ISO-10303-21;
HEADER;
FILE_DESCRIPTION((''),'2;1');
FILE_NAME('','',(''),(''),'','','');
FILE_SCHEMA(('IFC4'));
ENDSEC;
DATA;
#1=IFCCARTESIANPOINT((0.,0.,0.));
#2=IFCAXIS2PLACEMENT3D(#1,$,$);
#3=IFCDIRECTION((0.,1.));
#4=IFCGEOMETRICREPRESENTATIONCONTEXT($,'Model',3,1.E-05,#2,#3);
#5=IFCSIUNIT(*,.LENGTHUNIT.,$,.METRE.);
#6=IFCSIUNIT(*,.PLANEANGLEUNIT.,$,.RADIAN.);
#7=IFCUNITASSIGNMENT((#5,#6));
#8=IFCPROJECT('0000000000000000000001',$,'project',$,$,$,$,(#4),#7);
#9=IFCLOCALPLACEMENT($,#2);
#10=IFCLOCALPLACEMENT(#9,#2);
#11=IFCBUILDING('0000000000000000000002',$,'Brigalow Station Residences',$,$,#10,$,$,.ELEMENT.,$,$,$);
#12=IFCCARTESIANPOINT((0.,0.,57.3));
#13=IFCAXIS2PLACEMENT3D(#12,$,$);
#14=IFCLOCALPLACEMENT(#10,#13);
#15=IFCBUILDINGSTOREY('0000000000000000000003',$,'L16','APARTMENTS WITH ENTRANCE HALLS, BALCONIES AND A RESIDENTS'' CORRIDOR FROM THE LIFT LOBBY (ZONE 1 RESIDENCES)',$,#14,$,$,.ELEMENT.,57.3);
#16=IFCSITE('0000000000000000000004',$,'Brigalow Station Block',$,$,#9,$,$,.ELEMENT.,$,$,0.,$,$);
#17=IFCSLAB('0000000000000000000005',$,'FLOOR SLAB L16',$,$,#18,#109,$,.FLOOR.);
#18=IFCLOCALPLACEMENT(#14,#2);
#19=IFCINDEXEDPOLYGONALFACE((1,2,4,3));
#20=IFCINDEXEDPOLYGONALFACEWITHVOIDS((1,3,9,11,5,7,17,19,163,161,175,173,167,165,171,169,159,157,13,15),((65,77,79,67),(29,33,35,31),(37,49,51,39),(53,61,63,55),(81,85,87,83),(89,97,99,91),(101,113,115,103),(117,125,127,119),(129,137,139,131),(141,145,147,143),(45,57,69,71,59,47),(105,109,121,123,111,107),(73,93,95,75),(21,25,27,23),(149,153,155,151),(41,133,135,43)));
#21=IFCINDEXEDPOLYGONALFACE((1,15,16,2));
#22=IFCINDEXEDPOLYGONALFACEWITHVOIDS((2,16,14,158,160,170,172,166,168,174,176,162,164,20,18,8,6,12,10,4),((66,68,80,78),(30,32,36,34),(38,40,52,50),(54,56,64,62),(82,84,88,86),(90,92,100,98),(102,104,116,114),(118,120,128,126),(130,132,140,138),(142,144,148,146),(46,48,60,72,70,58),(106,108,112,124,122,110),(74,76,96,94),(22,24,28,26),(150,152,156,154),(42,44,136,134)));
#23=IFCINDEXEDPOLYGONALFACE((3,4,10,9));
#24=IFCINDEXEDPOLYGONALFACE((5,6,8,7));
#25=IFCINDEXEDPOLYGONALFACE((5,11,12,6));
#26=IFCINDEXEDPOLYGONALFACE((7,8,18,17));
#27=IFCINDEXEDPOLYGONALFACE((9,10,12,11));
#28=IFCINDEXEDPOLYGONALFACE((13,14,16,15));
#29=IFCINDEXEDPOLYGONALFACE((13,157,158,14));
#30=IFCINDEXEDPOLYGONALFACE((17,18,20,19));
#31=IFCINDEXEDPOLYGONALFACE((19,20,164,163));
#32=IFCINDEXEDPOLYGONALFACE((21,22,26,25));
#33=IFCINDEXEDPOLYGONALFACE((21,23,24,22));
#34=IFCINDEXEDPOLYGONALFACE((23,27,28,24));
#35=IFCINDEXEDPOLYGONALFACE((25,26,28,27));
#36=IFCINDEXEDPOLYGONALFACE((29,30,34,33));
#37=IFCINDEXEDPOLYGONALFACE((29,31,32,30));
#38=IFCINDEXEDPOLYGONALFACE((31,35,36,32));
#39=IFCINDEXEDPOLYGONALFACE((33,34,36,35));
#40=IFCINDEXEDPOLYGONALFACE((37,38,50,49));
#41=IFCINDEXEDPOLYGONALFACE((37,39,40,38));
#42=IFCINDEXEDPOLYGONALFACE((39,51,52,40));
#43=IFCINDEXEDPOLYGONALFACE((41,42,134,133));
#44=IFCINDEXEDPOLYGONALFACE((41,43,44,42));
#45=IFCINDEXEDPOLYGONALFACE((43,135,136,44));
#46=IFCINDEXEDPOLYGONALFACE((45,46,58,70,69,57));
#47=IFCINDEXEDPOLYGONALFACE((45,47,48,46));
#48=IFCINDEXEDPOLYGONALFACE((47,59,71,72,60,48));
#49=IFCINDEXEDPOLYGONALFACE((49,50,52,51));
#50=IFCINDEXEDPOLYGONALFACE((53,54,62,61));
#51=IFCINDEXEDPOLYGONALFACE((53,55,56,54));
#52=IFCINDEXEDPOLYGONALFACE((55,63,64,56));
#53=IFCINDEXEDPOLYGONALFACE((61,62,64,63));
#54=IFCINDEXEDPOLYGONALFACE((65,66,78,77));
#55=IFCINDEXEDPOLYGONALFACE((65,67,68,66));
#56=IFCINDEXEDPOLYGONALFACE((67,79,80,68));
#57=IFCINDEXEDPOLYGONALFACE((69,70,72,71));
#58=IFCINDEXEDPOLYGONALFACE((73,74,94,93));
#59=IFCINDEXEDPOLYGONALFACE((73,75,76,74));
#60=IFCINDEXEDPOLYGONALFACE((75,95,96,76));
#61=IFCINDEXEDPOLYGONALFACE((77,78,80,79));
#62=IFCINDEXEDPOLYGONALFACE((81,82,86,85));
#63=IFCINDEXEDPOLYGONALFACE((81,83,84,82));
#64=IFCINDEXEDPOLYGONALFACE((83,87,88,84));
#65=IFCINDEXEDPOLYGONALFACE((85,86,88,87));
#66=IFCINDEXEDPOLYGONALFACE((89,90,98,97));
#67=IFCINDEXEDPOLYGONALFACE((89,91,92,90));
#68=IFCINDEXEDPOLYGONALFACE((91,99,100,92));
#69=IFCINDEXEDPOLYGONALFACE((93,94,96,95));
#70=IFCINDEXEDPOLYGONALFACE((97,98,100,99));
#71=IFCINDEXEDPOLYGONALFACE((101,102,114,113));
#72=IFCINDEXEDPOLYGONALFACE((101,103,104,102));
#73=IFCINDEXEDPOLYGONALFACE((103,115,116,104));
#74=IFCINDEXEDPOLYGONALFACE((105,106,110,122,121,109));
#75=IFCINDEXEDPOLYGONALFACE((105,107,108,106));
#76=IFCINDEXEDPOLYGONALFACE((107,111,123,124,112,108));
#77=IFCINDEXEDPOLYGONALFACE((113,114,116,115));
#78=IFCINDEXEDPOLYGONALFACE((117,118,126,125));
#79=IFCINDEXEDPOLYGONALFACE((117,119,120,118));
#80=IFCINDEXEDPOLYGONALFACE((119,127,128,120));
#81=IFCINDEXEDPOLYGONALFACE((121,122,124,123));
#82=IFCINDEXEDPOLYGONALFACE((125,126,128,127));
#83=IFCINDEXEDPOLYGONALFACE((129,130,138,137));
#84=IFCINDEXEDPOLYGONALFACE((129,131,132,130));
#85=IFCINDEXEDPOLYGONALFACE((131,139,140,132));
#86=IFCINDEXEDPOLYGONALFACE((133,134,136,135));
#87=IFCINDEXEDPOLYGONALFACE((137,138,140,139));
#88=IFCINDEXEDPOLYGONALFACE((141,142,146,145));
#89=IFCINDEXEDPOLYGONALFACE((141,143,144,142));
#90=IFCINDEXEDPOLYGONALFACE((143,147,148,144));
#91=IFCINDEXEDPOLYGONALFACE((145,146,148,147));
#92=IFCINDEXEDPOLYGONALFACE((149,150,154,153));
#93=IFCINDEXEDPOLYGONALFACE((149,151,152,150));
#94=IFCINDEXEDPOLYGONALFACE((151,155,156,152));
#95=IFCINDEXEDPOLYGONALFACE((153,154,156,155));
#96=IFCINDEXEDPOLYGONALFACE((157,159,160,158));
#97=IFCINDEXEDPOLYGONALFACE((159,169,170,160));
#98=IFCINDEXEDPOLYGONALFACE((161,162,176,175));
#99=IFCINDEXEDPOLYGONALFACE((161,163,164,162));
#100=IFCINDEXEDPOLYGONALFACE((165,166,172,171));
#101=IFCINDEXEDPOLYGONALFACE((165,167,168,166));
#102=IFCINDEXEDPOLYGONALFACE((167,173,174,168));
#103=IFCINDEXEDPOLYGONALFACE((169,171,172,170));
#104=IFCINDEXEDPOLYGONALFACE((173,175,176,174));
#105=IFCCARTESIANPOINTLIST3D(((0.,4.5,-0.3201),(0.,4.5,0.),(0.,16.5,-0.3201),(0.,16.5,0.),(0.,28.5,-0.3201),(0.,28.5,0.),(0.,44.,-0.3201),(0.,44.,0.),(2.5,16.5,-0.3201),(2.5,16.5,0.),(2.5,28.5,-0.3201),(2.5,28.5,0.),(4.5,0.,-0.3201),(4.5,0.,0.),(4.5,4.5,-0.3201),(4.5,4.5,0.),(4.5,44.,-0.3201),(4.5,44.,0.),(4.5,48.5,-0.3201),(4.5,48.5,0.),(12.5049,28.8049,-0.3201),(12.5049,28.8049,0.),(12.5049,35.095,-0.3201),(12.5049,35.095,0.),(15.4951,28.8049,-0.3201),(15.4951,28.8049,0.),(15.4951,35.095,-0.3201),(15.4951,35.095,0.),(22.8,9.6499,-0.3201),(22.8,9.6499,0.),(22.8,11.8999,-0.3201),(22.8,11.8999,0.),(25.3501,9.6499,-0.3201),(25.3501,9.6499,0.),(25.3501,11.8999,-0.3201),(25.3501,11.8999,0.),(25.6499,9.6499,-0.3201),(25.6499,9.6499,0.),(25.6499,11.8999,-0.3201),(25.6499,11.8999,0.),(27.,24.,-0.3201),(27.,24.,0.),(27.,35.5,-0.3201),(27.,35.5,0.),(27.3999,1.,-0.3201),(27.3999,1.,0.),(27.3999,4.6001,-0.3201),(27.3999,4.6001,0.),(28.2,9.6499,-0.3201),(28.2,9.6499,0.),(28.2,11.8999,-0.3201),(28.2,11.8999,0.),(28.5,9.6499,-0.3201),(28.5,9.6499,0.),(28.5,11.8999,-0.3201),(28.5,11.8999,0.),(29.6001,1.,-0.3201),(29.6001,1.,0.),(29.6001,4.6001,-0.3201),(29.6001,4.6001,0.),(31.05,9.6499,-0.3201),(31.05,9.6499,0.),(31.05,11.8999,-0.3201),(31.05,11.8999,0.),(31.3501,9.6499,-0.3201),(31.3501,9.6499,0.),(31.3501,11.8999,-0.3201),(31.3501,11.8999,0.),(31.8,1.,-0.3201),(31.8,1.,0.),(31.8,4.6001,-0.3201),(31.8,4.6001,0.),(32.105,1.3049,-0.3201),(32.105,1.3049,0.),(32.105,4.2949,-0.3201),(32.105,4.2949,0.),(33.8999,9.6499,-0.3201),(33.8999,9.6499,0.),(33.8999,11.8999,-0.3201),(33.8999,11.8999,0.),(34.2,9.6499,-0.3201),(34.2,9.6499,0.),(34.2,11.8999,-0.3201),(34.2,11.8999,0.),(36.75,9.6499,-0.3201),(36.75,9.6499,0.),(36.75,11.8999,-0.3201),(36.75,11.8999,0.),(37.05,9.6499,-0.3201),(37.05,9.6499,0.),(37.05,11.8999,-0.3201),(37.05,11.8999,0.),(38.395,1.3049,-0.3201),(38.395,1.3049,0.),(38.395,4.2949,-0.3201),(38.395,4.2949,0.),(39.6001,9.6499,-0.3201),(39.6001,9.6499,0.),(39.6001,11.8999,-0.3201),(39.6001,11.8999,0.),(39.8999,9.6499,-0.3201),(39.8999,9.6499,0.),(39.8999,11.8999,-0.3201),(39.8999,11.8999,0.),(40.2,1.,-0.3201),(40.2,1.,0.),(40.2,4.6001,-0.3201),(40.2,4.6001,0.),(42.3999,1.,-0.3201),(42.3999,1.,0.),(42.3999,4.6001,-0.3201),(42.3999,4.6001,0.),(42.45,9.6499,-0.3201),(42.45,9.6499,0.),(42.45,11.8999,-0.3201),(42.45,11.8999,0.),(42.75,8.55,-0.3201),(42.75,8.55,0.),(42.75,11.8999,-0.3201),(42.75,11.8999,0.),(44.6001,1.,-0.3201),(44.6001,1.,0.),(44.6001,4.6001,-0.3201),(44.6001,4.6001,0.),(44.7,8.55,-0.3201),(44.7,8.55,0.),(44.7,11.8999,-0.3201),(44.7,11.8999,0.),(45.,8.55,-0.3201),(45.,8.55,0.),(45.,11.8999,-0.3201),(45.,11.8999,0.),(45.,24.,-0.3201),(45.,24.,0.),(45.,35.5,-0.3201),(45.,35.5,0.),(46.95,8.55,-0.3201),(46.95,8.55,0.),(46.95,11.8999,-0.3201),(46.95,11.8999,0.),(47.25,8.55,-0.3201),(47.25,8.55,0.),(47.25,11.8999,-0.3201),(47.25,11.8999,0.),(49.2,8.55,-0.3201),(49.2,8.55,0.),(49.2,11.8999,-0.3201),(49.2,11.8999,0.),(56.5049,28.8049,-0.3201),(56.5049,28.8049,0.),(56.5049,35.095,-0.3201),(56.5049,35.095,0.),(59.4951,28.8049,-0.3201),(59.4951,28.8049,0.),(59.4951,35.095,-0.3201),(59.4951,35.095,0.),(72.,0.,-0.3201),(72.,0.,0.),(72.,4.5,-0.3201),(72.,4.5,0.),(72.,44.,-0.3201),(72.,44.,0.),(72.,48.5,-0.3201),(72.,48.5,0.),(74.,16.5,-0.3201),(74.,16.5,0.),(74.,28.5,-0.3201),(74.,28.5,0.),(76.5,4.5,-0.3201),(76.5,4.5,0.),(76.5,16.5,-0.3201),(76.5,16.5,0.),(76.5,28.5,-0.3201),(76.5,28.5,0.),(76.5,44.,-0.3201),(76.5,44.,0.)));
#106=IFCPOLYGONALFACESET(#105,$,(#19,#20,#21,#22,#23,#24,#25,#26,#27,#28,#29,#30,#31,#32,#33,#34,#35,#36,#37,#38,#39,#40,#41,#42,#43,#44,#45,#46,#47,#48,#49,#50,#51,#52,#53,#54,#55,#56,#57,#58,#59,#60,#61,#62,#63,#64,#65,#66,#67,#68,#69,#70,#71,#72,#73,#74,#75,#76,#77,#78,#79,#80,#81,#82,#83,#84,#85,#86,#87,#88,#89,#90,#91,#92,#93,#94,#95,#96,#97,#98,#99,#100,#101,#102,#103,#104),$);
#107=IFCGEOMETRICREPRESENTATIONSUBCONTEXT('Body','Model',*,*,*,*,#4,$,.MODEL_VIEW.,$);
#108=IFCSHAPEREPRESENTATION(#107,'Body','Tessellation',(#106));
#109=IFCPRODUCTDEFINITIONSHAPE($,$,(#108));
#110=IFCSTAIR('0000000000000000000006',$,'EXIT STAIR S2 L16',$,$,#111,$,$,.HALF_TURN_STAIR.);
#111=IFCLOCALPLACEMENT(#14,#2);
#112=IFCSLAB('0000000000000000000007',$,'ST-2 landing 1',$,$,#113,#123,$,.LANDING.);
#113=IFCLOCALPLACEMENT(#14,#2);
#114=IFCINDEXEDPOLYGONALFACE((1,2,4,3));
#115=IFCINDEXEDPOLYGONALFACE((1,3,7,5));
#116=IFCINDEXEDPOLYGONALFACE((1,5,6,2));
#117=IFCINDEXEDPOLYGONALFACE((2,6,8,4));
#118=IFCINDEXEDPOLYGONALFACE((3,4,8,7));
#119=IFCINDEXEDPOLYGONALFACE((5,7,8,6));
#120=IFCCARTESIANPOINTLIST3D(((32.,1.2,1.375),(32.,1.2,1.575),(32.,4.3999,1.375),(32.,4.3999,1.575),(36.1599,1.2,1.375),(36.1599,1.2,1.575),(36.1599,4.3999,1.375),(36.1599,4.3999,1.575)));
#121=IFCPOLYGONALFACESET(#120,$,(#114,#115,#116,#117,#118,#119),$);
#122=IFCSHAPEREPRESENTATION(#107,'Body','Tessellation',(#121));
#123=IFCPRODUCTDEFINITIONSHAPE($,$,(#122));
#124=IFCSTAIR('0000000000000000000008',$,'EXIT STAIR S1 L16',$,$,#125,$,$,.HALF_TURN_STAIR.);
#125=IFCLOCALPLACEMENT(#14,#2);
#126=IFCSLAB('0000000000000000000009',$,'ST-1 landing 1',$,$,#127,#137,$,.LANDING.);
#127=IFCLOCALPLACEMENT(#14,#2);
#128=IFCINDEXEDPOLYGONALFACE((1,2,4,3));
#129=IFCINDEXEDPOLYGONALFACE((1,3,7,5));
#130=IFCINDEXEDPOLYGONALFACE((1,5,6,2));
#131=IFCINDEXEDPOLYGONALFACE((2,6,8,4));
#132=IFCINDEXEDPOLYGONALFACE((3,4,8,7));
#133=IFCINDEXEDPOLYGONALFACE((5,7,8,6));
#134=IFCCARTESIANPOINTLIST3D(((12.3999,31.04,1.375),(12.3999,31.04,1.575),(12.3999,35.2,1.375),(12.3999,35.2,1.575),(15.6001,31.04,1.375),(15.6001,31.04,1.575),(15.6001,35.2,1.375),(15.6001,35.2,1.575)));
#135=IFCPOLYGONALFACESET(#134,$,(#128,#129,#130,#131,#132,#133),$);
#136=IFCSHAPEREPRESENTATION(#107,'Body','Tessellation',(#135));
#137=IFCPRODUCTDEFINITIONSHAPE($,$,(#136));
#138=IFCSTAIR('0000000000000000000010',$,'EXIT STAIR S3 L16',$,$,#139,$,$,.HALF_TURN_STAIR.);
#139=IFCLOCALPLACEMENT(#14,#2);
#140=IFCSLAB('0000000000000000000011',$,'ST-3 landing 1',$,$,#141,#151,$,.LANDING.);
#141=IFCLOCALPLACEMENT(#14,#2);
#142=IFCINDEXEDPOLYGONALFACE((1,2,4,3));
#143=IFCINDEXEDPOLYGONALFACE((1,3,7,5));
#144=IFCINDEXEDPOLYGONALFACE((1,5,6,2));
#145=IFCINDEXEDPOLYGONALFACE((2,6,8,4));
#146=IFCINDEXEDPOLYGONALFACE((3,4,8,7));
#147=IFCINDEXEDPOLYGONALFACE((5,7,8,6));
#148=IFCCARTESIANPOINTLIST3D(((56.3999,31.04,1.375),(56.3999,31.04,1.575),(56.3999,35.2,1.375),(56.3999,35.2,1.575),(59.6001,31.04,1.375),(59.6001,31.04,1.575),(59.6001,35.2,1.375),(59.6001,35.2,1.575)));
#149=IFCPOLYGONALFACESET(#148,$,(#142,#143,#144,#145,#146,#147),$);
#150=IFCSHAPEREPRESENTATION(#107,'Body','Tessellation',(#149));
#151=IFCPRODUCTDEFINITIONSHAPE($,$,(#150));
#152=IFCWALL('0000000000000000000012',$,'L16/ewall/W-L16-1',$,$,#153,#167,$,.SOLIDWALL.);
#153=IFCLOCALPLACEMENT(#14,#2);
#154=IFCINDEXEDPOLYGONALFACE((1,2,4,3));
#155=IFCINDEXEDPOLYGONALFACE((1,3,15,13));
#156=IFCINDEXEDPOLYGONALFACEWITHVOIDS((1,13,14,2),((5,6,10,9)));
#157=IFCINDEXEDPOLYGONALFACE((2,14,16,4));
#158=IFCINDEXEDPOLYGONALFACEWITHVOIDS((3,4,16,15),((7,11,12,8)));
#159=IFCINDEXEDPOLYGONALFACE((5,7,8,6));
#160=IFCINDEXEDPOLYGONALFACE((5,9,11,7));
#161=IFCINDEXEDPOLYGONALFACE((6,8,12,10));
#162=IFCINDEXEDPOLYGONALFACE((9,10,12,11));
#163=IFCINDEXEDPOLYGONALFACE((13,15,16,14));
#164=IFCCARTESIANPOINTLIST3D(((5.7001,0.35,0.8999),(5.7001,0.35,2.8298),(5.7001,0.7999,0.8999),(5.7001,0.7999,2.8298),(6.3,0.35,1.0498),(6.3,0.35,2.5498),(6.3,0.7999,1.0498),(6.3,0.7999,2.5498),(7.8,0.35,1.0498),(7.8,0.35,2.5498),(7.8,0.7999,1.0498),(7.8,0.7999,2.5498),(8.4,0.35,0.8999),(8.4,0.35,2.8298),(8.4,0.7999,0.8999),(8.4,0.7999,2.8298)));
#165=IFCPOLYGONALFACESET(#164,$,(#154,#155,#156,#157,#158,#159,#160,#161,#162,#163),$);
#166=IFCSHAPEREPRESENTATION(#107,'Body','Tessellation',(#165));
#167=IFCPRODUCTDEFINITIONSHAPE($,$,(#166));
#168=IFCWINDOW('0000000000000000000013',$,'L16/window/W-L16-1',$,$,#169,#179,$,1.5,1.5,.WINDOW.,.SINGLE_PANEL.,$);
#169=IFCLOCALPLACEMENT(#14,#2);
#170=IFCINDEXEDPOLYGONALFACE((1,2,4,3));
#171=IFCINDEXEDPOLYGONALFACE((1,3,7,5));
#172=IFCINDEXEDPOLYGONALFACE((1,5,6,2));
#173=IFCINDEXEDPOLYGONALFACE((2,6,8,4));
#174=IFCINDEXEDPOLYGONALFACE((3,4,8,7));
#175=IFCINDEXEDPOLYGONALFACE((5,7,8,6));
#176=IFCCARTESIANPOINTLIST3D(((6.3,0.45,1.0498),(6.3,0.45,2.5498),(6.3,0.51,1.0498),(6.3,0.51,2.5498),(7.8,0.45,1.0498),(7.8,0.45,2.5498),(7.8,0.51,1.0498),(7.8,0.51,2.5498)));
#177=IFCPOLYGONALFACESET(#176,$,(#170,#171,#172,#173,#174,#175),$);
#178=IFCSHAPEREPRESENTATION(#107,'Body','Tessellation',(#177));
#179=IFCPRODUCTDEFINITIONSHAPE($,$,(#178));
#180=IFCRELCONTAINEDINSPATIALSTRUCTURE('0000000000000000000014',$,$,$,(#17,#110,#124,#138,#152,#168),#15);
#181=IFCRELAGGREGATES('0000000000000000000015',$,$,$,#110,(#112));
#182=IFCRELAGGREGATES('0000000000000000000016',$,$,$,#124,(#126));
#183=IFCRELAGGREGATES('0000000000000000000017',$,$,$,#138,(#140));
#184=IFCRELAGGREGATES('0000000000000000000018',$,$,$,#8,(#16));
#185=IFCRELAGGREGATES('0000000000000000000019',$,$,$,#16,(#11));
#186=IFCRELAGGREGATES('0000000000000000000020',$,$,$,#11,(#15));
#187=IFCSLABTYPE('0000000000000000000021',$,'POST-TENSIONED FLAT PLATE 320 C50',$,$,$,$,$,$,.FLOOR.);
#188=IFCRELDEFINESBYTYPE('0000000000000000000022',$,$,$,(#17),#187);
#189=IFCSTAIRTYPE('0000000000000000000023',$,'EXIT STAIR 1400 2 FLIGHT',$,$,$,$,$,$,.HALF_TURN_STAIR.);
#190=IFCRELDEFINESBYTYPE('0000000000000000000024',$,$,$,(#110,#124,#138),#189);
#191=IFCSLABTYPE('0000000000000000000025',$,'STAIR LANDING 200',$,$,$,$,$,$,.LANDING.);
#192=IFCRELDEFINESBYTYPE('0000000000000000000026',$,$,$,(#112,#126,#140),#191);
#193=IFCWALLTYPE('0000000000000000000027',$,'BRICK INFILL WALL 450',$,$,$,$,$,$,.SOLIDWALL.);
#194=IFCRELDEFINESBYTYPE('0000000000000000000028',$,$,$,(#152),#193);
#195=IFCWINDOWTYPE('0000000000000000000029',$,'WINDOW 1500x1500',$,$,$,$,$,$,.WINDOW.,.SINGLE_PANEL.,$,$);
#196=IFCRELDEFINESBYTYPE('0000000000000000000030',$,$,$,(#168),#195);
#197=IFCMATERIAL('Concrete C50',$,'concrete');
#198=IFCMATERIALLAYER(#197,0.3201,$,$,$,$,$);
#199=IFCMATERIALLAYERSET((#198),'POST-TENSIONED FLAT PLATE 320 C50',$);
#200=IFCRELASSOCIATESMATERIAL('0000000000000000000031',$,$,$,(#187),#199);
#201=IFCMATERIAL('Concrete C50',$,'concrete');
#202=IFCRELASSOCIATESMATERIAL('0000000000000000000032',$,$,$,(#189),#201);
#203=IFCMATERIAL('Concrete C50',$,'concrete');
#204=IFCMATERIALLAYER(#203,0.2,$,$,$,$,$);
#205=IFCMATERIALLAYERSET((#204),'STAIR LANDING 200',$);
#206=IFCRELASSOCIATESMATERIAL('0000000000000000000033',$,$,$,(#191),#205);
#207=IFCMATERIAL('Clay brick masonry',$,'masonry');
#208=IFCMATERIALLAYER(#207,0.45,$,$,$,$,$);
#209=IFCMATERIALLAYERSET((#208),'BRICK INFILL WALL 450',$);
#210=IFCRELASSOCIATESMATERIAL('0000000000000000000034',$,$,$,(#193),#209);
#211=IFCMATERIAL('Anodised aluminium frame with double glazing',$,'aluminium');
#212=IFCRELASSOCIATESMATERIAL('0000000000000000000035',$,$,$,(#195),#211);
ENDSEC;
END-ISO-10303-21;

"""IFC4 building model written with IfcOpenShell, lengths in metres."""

from ifc_helpers import new_model, si_unit, direction, frame, frame_2d, origin, place, context, subcontext, project, spatial, polyline, rectangle, outline, extrude, material, layer, layer_set, type_object, element, fill, aggregate, save


model = new_model("IFC4")

# Units and contexts
model_context = context("Model", 3, precision=1e-05, world=origin(), true_north=direction((0.0, 1.0)))
body_context = subcontext(model_context, "Body", "Model", "MODEL_VIEW")
ifc_project = project(units=[si_unit("LENGTHUNIT", "METRE"), si_unit("PLANEANGLEUNIT", "RADIAN")], contexts=[model_context])

# Site, building, storey
site_placement = place(None, origin())
site = spatial("IfcSite", under=ifc_project, at=site_placement, Name="Brigalow Station Block", CompositionType="ELEMENT", RefElevation=0.0)
building_placement = place(site_placement, origin())
building = spatial("IfcBuilding", under=site, at=building_placement, Name="Brigalow Station Residences", CompositionType="ELEMENT")
storey_placement = place(building_placement, frame((0.0, 0.0, 57.3)))
storey = spatial("IfcBuildingStorey", under=building, at=storey_placement, Name="L16", Description="APARTMENTS WITH ENTRANCE HALLS, BALCONIES AND A RESIDENTS' CORRIDOR FROM THE LIFT LOBBY (ZONE 1 RESIDENCES)", CompositionType="ELEMENT", Elevation=57.3)

# Slab
ifc_material_1 = material(Name="Concrete C50", Category="concrete")
ifc_layer_1 = layer(ifc_material_1, 0.3201)
ifc_layer_set_1 = layer_set([ifc_layer_1], Name="POST-TENSIONED FLAT PLATE 320 C50")
slab_type_1 = type_object("IfcSlabType", Name="POST-TENSIONED FLAT PLATE 320 C50", PredefinedType="FLOOR", material=ifc_layer_set_1)
slab_1_placement = place(storey_placement, frame((0.0, 0.0, -0.3201)))
element("IfcSlab", 1, at=slab_1_placement, inside=storey, type_object=slab_type_1, Name="FLOOR SLAB L16", PredefinedType="FLOOR", context=body_context, shape_type="SweptSolid", body=[
    extrude(outline(polyline([(4.5, 0.0), (72.0, 0.0), (72.0, 4.5), (76.5, 4.5), (76.5, 16.5), (74.0, 16.5), (74.0, 28.5), (76.5, 28.5), (76.5, 44.0), (72.0, 44.0), (72.0, 48.5), (4.5, 48.5), (4.5, 44.0), (0.0, 44.0), (0.0, 28.5), (2.5, 28.5), (2.5, 16.5), (0.0, 16.5), (0.0, 4.5), (4.5, 4.5), (4.5, 0.0)]), holes=[polyline([(15.4951, 35.095), (15.4951, 28.8049), (12.5049, 28.8049), (12.5049, 35.095), (15.4951, 35.095)]), polyline([(22.8, 11.8999), (25.3501, 11.8999), (25.3501, 9.6499), (22.8, 9.6499), (22.8, 11.8999)]), polyline([(25.6499, 11.8999), (28.2, 11.8999), (28.2, 9.6499), (25.6499, 9.6499), (25.6499, 11.8999)]), polyline([(28.5, 11.8999), (31.05, 11.8999), (31.05, 9.6499), (28.5, 9.6499), (28.5, 11.8999)]), polyline([(29.6001, 1.0), (27.3999, 1.0), (27.3999, 4.6001), (29.6001, 4.6001), (31.8, 4.6001), (31.8, 1.0), (29.6001, 1.0)]), polyline([(31.3501, 11.8999), (33.8999, 11.8999), (33.8999, 9.6499), (31.3501, 9.6499), (31.3501, 11.8999)]), polyline([(32.105, 4.2949), (38.395, 4.2949), (38.395, 1.3049), (32.105, 1.3049), (32.105, 4.2949)]), polyline([(36.75, 11.8999), (36.75, 9.6499), (34.2, 9.6499), (34.2, 11.8999), (36.75, 11.8999)]), polyline([(37.05, 11.8999), (39.6001, 11.8999), (39.6001, 9.6499), (37.05, 9.6499), (37.05, 11.8999)]), polyline([(39.8999, 11.8999), (42.45, 11.8999), (42.45, 9.6499), (39.8999, 9.6499), (39.8999, 11.8999)]), polyline([(42.3999, 1.0), (40.2, 1.0), (40.2, 4.6001), (42.3999, 4.6001), (44.6001, 4.6001), (44.6001, 1.0), (42.3999, 1.0)]), polyline([(42.75, 11.8999), (44.7, 11.8999), (44.7, 8.55), (42.75, 8.55), (42.75, 11.8999)]), polyline([(45.0, 11.8999), (46.95, 11.8999), (46.95, 8.55), (45.0, 8.55), (45.0, 11.8999)]), polyline([(45.0, 35.5), (45.0, 24.0), (27.0, 24.0), (27.0, 35.5), (45.0, 35.5)]), polyline([(47.25, 11.8999), (49.2, 11.8999), (49.2, 8.55), (47.25, 8.55), (47.25, 11.8999)]), polyline([(59.4951, 35.095), (59.4951, 28.8049), (56.5049, 28.8049), (56.5049, 35.095), (59.4951, 35.095)])]), origin(), (0.0, 0.0, 1.0), 0.3201),
])

# Stairs, slabs
ifc_material_2 = material(Name="Concrete C50", Category="concrete")
stair_type = type_object("IfcStairType", Name="EXIT STAIR 1400 2 FLIGHT", PredefinedType="HALF_TURN_STAIR", material=ifc_material_2)
stair_1_placement = place(storey_placement, origin())
stair_1 = element("IfcStair", 2, at=stair_1_placement, inside=storey, type_object=stair_type, Name="EXIT STAIR S2 L16", PredefinedType="HALF_TURN_STAIR")
ifc_material_3 = material(Name="Concrete C50", Category="concrete")
ifc_layer_2 = layer(ifc_material_3, 0.2)
ifc_layer_set_2 = layer_set([ifc_layer_2], Name="STAIR LANDING 200")
slab_type_2 = type_object("IfcSlabType", Name="STAIR LANDING 200", PredefinedType="LANDING", material=ifc_layer_set_2)
slab_2_placement = place(storey_placement, frame((0.0, 0.0, 1.375)))
slab_2 = element("IfcSlab", 3, at=slab_2_placement, type_object=slab_type_2, Name="ST-2 landing 1", PredefinedType="LANDING", context=body_context, shape_type="SweptSolid", body=[
    extrude(outline(polyline([(32.0, 1.2), (36.1599, 1.2), (36.1599, 4.3999), (32.0, 4.3999), (32.0, 1.2)])), origin(), (0.0, 0.0, 1.0), 0.2),
])
aggregate(stair_1, [slab_2])
stair_2_placement = place(storey_placement, origin())
stair_2 = element("IfcStair", 4, at=stair_2_placement, inside=storey, type_object=stair_type, Name="EXIT STAIR S1 L16", PredefinedType="HALF_TURN_STAIR")
slab_3_placement = place(storey_placement, frame((0.0, 0.0, 1.375)))
slab_3 = element("IfcSlab", 5, at=slab_3_placement, type_object=slab_type_2, Name="ST-1 landing 1", PredefinedType="LANDING", context=body_context, shape_type="SweptSolid", body=[
    extrude(outline(polyline([(12.3999, 31.04), (15.6001, 31.04), (15.6001, 35.2), (12.3999, 35.2), (12.3999, 31.04)])), origin(), (0.0, 0.0, 1.0), 0.2),
])
aggregate(stair_2, [slab_3])
stair_3_placement = place(storey_placement, origin())
stair_3 = element("IfcStair", 6, at=stair_3_placement, inside=storey, type_object=stair_type, Name="EXIT STAIR S3 L16", PredefinedType="HALF_TURN_STAIR")
slab_4_placement = place(storey_placement, frame((0.0, 0.0, 1.375)))
slab_4 = element("IfcSlab", 7, at=slab_4_placement, type_object=slab_type_2, Name="ST-3 landing 1", PredefinedType="LANDING", context=body_context, shape_type="SweptSolid", body=[
    extrude(outline(polyline([(56.3999, 31.04), (59.6001, 31.04), (59.6001, 35.2), (56.3999, 35.2), (56.3999, 31.04)])), origin(), (0.0, 0.0, 1.0), 0.2),
])
aggregate(stair_3, [slab_4])

# Wall, opening, window
ifc_material_4 = material(Name="Clay brick masonry", Category="masonry")
ifc_layer_3 = layer(ifc_material_4, 0.45)
ifc_layer_set_3 = layer_set([ifc_layer_3], Name="BRICK INFILL WALL 450")
wall_type_1 = type_object("IfcWallType", Name="BRICK INFILL WALL 450", PredefinedType="SOLIDWALL", material=ifc_layer_set_3)
wall_1_placement = place(storey_placement, frame((5.7, 0.575, 0.8999), z_axis=(0.0, 0.0, 1.0), x_axis=(1.0, 0.0, 0.0)))
wall_1 = element("IfcWall", 8, at=wall_1_placement, inside=storey, type_object=wall_type_1, Name="L16/ewall/W-L16-1", PredefinedType="SOLIDWALL", context=body_context, shape_type="SweptSolid", body=[
    extrude(rectangle(XDim=2.7, YDim=0.45, at=frame_2d((1.3501, 0.0))), origin(), (0.0, 0.0, 1.0), 1.9299),
])
opening_1_placement = place(wall_1_placement, frame((0.6001, 0.0, 0.1499)))
opening_1 = element("IfcOpeningElement", 9, at=opening_1_placement, cuts=wall_1, PredefinedType="OPENING", context=body_context, shape_type="SweptSolid", body=[
    extrude(rectangle(XDim=1.5, YDim=1.5, at=frame_2d((0.75, 0.75))), frame((0.0, 0.2349, 0.0), z_axis=(0.0, -1.0, 0.0), x_axis=(1.0, 0.0, 0.0)), (0.0, 0.0, 1.0), 0.47),
])
ifc_material_5 = material(Name="Anodised aluminium frame with double glazing", Category="aluminium")
window_type_1 = type_object("IfcWindowType", Name="WINDOW 1500x1500", PartitioningType="SINGLE_PANEL", PredefinedType="WINDOW", material=ifc_material_5)
window_1_placement = place(opening_1_placement, origin())
window_1 = element("IfcWindow", 10, at=window_1_placement, inside=storey, type_object=window_type_1, Name="L16/window/W-L16-1", OverallHeight=1.5, OverallWidth=1.5, PartitioningType="SINGLE_PANEL", PredefinedType="WINDOW", context=body_context, shape_type="SweptSolid", body=[
    extrude(rectangle(XDim=1.5, YDim=1.5, at=frame_2d((0.75, 0.75))), frame((0.0, -0.0649, 0.0), z_axis=(0.0, -1.0, 0.0), x_axis=(1.0, 0.0, 0.0)), (0.0, 0.0, 1.0), 0.0601),
])
fill(opening_1, window_1)

save(model, "model.ifc")
